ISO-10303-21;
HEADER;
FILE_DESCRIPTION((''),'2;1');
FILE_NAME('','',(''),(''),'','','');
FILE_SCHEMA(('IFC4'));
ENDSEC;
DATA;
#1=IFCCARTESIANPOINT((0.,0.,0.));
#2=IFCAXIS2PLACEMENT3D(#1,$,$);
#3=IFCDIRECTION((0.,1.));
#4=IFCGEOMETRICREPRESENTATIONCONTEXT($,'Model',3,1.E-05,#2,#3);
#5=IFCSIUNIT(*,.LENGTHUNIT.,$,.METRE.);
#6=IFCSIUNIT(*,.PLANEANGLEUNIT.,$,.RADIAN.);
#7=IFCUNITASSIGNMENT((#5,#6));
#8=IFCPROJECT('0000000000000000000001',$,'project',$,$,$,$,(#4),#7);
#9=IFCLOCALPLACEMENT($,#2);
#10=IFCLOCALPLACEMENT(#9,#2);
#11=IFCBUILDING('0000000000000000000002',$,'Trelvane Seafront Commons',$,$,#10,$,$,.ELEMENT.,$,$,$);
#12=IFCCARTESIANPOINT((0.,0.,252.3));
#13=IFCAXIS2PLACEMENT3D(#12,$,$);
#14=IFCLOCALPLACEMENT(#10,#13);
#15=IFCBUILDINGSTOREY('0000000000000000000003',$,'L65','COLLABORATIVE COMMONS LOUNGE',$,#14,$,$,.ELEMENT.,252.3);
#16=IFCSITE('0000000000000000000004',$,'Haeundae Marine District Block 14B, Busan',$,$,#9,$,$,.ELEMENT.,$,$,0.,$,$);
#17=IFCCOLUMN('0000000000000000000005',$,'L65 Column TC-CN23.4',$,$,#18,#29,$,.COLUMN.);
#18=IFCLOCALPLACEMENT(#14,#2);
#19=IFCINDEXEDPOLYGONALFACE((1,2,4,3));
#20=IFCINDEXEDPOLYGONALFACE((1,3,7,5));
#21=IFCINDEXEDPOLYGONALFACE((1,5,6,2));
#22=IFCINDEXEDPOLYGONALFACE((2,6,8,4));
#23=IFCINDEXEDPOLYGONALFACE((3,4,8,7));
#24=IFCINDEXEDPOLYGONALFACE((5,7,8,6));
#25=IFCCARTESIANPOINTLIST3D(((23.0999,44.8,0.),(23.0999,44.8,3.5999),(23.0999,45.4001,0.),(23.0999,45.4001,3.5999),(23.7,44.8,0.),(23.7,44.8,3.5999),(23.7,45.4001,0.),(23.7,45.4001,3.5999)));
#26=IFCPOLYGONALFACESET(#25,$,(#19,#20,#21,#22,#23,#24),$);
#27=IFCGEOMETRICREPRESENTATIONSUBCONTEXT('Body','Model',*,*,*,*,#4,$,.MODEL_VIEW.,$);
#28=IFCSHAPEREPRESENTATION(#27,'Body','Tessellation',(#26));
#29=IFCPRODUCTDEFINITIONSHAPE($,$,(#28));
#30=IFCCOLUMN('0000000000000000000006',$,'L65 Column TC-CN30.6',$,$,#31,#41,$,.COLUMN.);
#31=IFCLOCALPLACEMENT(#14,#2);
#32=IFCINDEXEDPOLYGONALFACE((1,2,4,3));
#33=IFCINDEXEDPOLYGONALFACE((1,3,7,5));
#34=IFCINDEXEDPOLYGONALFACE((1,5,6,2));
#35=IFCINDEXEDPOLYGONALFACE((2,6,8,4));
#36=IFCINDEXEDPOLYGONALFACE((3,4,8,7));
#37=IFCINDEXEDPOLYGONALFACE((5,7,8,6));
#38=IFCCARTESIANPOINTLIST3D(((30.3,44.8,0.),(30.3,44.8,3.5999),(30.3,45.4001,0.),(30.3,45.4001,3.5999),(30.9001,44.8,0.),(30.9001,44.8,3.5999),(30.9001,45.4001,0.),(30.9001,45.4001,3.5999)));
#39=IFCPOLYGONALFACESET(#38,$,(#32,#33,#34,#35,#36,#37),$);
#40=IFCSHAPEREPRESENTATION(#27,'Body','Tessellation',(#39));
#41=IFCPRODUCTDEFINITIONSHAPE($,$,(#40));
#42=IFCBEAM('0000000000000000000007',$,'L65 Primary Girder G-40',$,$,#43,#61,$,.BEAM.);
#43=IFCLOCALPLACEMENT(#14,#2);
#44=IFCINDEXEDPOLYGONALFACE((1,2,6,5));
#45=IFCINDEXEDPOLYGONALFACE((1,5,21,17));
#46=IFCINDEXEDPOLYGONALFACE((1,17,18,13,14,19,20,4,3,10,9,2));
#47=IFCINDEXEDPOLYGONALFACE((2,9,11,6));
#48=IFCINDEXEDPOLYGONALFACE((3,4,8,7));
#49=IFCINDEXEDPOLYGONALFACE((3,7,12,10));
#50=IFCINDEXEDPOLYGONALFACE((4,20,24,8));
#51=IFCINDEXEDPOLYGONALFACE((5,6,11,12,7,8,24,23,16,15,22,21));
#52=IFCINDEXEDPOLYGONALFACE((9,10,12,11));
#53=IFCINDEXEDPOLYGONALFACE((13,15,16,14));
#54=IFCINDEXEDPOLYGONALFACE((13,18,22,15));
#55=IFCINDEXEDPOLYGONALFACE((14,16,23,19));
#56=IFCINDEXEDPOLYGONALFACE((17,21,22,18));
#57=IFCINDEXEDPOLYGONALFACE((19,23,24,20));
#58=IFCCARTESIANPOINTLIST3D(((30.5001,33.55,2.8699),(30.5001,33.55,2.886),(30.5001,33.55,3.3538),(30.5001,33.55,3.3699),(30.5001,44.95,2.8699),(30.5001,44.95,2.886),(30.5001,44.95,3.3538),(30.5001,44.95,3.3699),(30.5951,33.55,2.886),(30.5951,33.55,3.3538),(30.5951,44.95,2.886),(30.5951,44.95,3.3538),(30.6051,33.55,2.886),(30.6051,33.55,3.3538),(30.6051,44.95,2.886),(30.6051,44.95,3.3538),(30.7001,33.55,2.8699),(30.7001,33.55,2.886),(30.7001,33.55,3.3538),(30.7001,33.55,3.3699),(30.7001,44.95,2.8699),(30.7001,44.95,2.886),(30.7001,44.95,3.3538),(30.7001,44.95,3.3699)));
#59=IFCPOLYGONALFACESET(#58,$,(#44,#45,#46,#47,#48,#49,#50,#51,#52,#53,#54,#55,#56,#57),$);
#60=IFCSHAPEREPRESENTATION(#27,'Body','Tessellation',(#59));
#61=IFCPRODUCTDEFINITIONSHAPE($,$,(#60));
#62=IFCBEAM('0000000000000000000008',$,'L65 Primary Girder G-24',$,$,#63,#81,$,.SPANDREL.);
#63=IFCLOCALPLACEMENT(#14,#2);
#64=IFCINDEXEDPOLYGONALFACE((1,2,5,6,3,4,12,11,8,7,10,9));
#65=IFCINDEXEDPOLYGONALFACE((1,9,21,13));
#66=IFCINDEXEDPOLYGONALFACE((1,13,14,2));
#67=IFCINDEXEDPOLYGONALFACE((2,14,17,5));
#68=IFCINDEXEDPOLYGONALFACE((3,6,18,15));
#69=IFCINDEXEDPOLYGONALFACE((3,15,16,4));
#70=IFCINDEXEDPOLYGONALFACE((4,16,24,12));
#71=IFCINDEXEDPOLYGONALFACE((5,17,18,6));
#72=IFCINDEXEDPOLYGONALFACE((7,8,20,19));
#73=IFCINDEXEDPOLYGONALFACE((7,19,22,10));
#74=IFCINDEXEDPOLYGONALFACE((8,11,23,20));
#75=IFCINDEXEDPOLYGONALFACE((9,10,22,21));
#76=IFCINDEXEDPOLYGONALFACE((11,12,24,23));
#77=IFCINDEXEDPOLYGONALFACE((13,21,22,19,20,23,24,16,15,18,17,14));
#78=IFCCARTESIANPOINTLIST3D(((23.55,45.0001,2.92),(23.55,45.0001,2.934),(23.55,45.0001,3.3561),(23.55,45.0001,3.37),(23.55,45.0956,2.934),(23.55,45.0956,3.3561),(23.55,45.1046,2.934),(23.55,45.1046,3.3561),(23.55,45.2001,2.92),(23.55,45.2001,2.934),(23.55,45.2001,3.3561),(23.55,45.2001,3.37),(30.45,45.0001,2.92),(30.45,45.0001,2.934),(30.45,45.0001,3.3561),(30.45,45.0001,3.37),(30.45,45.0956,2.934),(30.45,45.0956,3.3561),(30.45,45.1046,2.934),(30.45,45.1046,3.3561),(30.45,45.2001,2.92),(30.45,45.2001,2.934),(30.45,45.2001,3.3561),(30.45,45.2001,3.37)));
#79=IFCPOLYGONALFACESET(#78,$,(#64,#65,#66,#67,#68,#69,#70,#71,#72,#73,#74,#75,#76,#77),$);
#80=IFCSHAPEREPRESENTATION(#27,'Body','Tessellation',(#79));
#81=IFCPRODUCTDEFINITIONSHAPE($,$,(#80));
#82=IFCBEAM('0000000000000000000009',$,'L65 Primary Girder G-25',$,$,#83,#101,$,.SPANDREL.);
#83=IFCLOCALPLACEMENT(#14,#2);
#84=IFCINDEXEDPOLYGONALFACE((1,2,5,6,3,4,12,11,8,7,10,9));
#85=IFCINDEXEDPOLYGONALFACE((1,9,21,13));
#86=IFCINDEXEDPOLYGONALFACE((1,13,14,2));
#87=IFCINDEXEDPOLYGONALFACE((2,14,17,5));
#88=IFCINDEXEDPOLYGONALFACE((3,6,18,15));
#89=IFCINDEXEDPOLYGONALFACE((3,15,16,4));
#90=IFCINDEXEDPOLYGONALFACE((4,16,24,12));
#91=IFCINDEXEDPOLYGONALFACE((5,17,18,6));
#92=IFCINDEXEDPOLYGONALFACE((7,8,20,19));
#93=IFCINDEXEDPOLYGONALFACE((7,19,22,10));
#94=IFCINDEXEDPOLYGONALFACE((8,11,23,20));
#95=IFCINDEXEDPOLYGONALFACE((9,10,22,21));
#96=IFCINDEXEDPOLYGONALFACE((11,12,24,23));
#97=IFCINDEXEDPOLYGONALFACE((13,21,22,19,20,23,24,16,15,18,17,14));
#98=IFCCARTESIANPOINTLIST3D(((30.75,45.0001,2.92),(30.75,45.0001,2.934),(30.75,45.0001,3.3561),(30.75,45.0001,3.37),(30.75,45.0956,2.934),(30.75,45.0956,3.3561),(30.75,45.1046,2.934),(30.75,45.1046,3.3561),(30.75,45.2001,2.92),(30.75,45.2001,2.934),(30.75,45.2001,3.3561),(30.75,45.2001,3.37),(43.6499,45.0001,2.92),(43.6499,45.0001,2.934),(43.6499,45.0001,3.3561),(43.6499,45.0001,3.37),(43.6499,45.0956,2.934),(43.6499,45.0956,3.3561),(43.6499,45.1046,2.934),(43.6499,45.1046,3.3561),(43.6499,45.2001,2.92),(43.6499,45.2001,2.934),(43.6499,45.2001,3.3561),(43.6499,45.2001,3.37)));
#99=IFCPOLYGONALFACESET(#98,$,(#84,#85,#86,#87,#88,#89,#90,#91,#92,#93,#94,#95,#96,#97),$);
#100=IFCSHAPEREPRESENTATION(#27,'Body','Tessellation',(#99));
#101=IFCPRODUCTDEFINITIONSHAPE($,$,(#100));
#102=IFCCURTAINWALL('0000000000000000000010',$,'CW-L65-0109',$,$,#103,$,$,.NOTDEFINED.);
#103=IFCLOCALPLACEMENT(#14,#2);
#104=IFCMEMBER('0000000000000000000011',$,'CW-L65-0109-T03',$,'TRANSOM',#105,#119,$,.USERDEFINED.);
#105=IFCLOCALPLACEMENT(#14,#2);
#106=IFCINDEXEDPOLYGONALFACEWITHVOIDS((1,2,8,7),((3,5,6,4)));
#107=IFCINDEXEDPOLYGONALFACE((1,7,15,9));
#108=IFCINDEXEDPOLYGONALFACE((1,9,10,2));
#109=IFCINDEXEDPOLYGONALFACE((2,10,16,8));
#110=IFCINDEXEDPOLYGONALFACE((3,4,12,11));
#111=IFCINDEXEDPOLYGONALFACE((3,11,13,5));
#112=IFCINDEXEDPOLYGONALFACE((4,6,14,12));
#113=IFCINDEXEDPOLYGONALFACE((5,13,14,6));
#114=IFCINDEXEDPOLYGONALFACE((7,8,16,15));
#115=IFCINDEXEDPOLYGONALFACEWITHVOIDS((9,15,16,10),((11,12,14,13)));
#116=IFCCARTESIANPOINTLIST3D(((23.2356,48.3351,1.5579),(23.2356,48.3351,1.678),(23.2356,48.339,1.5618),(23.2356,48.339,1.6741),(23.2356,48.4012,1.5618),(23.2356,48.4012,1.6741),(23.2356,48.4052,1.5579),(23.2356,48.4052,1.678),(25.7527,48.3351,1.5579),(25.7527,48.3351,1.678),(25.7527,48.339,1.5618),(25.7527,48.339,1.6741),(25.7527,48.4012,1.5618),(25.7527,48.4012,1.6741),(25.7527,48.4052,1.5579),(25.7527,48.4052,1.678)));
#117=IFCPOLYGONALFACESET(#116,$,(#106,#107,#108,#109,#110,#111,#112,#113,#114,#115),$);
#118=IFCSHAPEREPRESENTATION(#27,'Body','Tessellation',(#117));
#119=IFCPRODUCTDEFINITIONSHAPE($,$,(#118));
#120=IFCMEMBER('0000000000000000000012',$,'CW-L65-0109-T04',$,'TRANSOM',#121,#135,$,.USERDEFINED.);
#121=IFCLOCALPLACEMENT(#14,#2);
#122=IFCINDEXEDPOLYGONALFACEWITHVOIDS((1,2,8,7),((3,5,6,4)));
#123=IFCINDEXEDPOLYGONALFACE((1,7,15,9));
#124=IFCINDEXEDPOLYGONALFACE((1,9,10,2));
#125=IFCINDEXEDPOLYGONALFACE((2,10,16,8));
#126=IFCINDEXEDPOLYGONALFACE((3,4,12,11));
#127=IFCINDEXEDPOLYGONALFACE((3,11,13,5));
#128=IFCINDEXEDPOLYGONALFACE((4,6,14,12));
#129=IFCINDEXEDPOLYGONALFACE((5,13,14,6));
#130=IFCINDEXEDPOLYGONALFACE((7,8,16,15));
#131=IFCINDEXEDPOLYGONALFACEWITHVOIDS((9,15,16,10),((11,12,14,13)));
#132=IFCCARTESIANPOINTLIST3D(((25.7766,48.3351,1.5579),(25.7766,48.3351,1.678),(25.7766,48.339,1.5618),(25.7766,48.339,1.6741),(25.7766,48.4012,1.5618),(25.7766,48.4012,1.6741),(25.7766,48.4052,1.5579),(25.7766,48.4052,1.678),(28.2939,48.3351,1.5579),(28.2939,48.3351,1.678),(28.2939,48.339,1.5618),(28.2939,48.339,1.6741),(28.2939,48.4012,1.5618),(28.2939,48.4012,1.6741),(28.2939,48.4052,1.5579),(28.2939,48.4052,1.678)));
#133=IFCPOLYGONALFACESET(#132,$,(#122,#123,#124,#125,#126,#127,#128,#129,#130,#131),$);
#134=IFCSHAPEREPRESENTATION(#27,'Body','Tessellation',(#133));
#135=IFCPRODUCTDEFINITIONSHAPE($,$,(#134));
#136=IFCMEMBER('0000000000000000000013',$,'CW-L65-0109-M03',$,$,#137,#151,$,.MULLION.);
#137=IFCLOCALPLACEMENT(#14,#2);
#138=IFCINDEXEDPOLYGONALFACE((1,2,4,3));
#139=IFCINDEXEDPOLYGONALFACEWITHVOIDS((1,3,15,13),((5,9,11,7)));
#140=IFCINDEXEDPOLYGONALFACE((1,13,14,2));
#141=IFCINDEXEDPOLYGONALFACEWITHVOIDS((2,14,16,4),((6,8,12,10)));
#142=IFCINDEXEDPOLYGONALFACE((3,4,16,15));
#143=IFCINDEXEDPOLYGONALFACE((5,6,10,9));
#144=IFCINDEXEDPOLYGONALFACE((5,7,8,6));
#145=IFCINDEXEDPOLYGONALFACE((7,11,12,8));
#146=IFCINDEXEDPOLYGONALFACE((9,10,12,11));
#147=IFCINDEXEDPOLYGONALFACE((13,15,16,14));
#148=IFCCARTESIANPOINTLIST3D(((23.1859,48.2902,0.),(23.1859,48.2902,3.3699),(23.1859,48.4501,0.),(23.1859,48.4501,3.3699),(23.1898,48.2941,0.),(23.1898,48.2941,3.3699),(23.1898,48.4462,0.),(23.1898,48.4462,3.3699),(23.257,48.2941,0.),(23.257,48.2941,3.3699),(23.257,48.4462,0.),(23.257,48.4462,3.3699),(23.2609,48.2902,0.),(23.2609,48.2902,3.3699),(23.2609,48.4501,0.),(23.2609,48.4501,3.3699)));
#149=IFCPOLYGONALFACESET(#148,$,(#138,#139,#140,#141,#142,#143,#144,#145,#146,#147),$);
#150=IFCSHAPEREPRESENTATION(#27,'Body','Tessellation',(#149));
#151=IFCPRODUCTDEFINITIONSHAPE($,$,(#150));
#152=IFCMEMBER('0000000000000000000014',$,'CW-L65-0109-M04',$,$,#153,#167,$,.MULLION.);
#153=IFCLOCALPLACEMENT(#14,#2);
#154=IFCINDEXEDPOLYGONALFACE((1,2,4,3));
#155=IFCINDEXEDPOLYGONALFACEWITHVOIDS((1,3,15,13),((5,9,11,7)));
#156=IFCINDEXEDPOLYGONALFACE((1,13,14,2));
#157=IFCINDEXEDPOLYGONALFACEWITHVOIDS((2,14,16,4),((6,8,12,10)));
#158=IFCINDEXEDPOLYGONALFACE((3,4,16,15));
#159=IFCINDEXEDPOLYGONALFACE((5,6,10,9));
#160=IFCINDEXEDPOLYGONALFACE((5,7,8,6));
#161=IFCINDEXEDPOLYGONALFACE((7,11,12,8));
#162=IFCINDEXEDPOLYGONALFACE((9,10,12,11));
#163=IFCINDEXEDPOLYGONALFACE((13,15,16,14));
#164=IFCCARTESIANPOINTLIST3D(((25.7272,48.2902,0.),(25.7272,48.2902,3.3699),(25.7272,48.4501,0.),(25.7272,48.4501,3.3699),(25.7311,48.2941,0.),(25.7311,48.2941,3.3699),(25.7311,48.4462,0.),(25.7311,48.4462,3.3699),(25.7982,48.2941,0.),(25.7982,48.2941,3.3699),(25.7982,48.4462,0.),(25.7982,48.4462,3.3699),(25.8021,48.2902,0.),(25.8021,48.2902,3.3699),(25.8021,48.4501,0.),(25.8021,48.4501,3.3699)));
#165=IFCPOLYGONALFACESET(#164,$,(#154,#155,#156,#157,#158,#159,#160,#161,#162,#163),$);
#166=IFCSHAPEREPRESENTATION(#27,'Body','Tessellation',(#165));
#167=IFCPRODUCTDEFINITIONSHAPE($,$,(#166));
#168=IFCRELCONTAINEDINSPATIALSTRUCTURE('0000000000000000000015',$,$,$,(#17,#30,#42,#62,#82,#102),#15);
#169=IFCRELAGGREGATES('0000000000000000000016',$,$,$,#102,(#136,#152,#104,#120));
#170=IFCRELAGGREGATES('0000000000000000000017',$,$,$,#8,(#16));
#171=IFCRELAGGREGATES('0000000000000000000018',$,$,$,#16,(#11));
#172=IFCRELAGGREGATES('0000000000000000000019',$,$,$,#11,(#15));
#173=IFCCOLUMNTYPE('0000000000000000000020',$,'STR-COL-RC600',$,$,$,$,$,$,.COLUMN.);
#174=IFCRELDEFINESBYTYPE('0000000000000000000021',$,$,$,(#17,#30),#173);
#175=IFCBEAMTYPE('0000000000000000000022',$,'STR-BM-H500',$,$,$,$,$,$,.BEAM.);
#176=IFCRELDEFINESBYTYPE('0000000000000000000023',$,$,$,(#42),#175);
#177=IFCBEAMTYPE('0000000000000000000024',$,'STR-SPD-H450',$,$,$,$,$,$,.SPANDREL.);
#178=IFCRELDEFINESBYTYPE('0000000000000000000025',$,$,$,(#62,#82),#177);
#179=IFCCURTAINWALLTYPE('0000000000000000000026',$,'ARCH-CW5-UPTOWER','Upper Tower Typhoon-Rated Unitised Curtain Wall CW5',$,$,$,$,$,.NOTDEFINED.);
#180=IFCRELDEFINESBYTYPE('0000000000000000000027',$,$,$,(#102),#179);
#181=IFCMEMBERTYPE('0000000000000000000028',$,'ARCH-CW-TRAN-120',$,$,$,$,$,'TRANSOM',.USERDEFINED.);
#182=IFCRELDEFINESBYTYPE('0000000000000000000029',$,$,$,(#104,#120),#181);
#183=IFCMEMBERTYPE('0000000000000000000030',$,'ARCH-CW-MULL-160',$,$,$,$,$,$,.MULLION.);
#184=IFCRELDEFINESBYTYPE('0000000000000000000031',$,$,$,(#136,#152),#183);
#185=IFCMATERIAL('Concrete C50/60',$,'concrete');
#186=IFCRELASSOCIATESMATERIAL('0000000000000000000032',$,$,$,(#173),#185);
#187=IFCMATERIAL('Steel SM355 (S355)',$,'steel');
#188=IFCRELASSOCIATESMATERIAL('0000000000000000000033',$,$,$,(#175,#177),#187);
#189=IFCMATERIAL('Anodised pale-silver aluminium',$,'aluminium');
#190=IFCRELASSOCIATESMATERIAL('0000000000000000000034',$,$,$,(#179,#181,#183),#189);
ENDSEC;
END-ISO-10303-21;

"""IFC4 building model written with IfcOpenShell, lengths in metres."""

from ifc_helpers import new_model, si_unit, direction, frame, origin, origin_2d, place, context, subcontext, project, spatial, rectangle, hollow_rectangle, i_section, extrude, source, transform, mapped, material, material_profile, profile_set, type_object, element, aggregate, save


model = new_model("IFC4")

# Units and contexts
model_context = context("Model", 3, precision=1e-05, world=origin(), true_north=direction((0.0, 1.0)))
body_context = subcontext(model_context, "Body", "Model", "MODEL_VIEW")
ifc_project = project(units=[si_unit("LENGTHUNIT", "METRE"), si_unit("PLANEANGLEUNIT", "RADIAN")], contexts=[model_context])

# Site, building, storey
site_placement = place(None, origin())
site = spatial("IfcSite", under=ifc_project, at=site_placement, Name="Haeundae Marine District Block 14B, Busan", CompositionType="ELEMENT", RefElevation=0.0)
building_placement = place(site_placement, origin())
building = spatial("IfcBuilding", under=site, at=building_placement, Name="Trelvane Seafront Commons", CompositionType="ELEMENT")
storey_placement = place(building_placement, frame((0.0, 0.0, 252.3)))
storey = spatial("IfcBuildingStorey", under=building, at=storey_placement, Name="L65", Description="COLLABORATIVE COMMONS LOUNGE", CompositionType="ELEMENT", Elevation=252.3)

# Columns
ifc_material_1 = material(Name="Concrete C50/60", Category="concrete")
ifc_material_profile_1 = material_profile(ifc_material_1, rectangle(XDim=0.6001, YDim=0.6001, at=origin_2d()), Name="RC-600x600")
ifc_profile_set_1 = profile_set([ifc_material_profile_1], Name="Concrete C50/60")
column_type = type_object("IfcColumnType", Name="STR-COL-RC600", PredefinedType="COLUMN", material=ifc_profile_set_1)
shared_shape_1 = source(origin(), body_context, "Body", "SweptSolid", [
    extrude(rectangle(XDim=0.6001, YDim=0.6001, at=origin_2d()), origin(), (0.0, 0.0, 1.0), 3.5999),
])
for number, where, z_axis, x_axis, name in (
    (1, (23.3999, 45.1001, 0.0), (0.0, 0.0, 1.0), (1.0, 0.0, 0.0), "L65 Column TC-CN23.4"),
    (2, (30.6001, 45.1001, 0.0), (0.0, 0.0, 1.0), (1.0, 0.0, 0.0), "L65 Column TC-CN30.6"),
):
    element("IfcColumn", number, at=place(storey_placement, frame(where, z_axis=z_axis, x_axis=x_axis)), inside=storey, type_object=column_type, Name=name, PredefinedType="COLUMN", context=body_context, shape_type="MappedRepresentation", body=[
        mapped(shared_shape_1, transform((0.0, 0.0, 0.0), x_axis=(1.0, 0.0, 0.0), y_axis=(0.0, 1.0, 0.0), z_axis=(0.0, 0.0, 1.0), scale=1.0)),
    ])

# Beams
ifc_material_2 = material(Name="Steel SM355 (S355)", Category="steel")
ifc_material_profile_2 = material_profile(ifc_material_2, i_section(OverallWidth=0.2, OverallDepth=0.5, WebThickness=0.01, FlangeThickness=0.0161, at=origin_2d()), Name="H-500x200x10x16")
ifc_profile_set_2 = profile_set([ifc_material_profile_2], Name="Steel SM355 (S355)")
beam_type_1 = type_object("IfcBeamType", Name="STR-BM-H500", PredefinedType="BEAM", material=ifc_profile_set_2)
shared_shape_2 = source(origin(), body_context, "Body", "SweptSolid", [
    extrude(i_section(OverallWidth=0.2, OverallDepth=0.5, WebThickness=0.01, FlangeThickness=0.0161, at=origin_2d()), origin(), (0.0, 0.0, 1.0), 11.3999),
])
beam_1_placement = place(storey_placement, frame((30.6001, 33.55, 3.1199), z_axis=(0.0, 1.0, 0.0), x_axis=(-1.0, 0.0, 0.0)))
element("IfcBeam", 3, at=beam_1_placement, inside=storey, type_object=beam_type_1, Name="L65 Primary Girder G-40", PredefinedType="BEAM", context=body_context, shape_type="MappedRepresentation", body=[
    mapped(shared_shape_2, transform((0.0, 0.0, 0.0), x_axis=(1.0, 0.0, 0.0), y_axis=(0.0, 1.0, 0.0), z_axis=(0.0, 0.0, 1.0), scale=1.0)),
])
ifc_material_profile_3 = material_profile(ifc_material_2, i_section(OverallWidth=0.2, OverallDepth=0.45, WebThickness=0.009, FlangeThickness=0.0139, at=origin_2d()), Name="H-450x200x9x14")
ifc_profile_set_3 = profile_set([ifc_material_profile_3], Name="Steel SM355 (S355)")
beam_type_2 = type_object("IfcBeamType", Name="STR-SPD-H450", PredefinedType="SPANDREL", material=ifc_profile_set_3)
shared_shape_3 = source(origin(), body_context, "Body", "SweptSolid", [
    extrude(i_section(OverallWidth=0.2, OverallDepth=0.45, WebThickness=0.009, FlangeThickness=0.0139, at=origin_2d()), origin(), (0.0, 0.0, 1.0), 6.8999),
])
beam_2_placement = place(storey_placement, frame((23.55, 45.1001, 3.145), z_axis=(1.0, 0.0, 0.0), x_axis=(0.0, 1.0, 0.0)))
element("IfcBeam", 4, at=beam_2_placement, inside=storey, type_object=beam_type_2, Name="L65 Primary Girder G-24", PredefinedType="SPANDREL", context=body_context, shape_type="MappedRepresentation", body=[
    mapped(shared_shape_3, transform((0.0, 0.0, 0.0), x_axis=(1.0, 0.0, 0.0), y_axis=(0.0, 1.0, 0.0), z_axis=(0.0, 0.0, 1.0), scale=1.0)),
])
shared_shape_4 = source(origin(), body_context, "Body", "SweptSolid", [
    extrude(i_section(OverallWidth=0.2, OverallDepth=0.45, WebThickness=0.009, FlangeThickness=0.0139, at=origin_2d()), origin(), (0.0, 0.0, 1.0), 12.8999),
])
beam_3_placement = place(storey_placement, frame((30.75, 45.1001, 3.145), z_axis=(1.0, 0.0, 0.0), x_axis=(0.0, 1.0, 0.0)))
element("IfcBeam", 5, at=beam_3_placement, inside=storey, type_object=beam_type_2, Name="L65 Primary Girder G-25", PredefinedType="SPANDREL", context=body_context, shape_type="MappedRepresentation", body=[
    mapped(shared_shape_4, transform((0.0, 0.0, 0.0), x_axis=(1.0, 0.0, 0.0), y_axis=(0.0, 1.0, 0.0), z_axis=(0.0, 0.0, 1.0), scale=1.0)),
])

# Curtain wall, members
ifc_material_3 = material(Name="Anodised pale-silver aluminium", Category="aluminium")
curtain_wall_type = type_object("IfcCurtainWallType", Name="ARCH-CW5-UPTOWER", Description="Upper Tower Typhoon-Rated Unitised Curtain Wall CW5", PredefinedType="NOTDEFINED", material=ifc_material_3)
curtain_wall_placement = place(storey_placement, origin())
curtain_wall = element("IfcCurtainWall", 6, at=curtain_wall_placement, inside=storey, type_object=curtain_wall_type, Name="CW-L65-0109", PredefinedType="NOTDEFINED")
ifc_material_profile_4 = material_profile(ifc_material_3, hollow_rectangle(XDim=0.0701, YDim=0.1201, WallThickness=0.0039, at=origin_2d()), Name="TRAN-70x120x4")
ifc_profile_set_4 = profile_set([ifc_material_profile_4], Name="Anodised pale-silver aluminium")
member_type_1 = type_object("IfcMemberType", Name="ARCH-CW-TRAN-120", ElementType="TRANSOM", PredefinedType="USERDEFINED", material=ifc_profile_set_4)
shared_shape_5 = source(origin(), body_context, "Body", "SweptSolid", [
    extrude(hollow_rectangle(XDim=0.0701, YDim=0.1201, WallThickness=0.0039, at=origin_2d()), origin(), (0.0, 0.0, 1.0), 2.5171),
])
member_1_placement = place(storey_placement, frame((23.2356, 48.3701, 1.6179), z_axis=(1.0, 0.0, 0.0), x_axis=(0.0, 1.0, 0.0)))
member_1 = element("IfcMember", 7, at=member_1_placement, type_object=member_type_1, Name="CW-L65-0109-T03", ObjectType="TRANSOM", PredefinedType="USERDEFINED", context=body_context, shape_type="MappedRepresentation", body=[
    mapped(shared_shape_5, transform((0.0, 0.0, 0.0), x_axis=(1.0, 0.0, 0.0), y_axis=(0.0, 1.0, 0.0), z_axis=(0.0, 0.0, 1.0), scale=1.0)),
])
shared_shape_6 = source(origin(), body_context, "Body", "SweptSolid", [
    extrude(hollow_rectangle(XDim=0.0701, YDim=0.1201, WallThickness=0.0039, at=origin_2d()), origin(), (0.0, 0.0, 1.0), 2.5173),
])
member_2_placement = place(storey_placement, frame((25.7766, 48.3701, 1.6179), z_axis=(1.0, 0.0, 0.0), x_axis=(0.0, 1.0, 0.0)))
member_2 = element("IfcMember", 8, at=member_2_placement, type_object=member_type_1, Name="CW-L65-0109-T04", ObjectType="TRANSOM", PredefinedType="USERDEFINED", context=body_context, shape_type="MappedRepresentation", body=[
    mapped(shared_shape_6, transform((0.0, 0.0, 0.0), x_axis=(1.0, 0.0, 0.0), y_axis=(0.0, 1.0, 0.0), z_axis=(0.0, 0.0, 1.0), scale=1.0)),
])
ifc_material_profile_5 = material_profile(ifc_material_3, hollow_rectangle(XDim=0.075, YDim=0.1599, WallThickness=0.0039, at=origin_2d()), Name="MULL-75x160x4")
ifc_profile_set_5 = profile_set([ifc_material_profile_5], Name="Anodised pale-silver aluminium")
member_type_2 = type_object("IfcMemberType", Name="ARCH-CW-MULL-160", PredefinedType="MULLION", material=ifc_profile_set_5)
shared_shape_7 = source(origin(), body_context, "Body", "SweptSolid", [
    extrude(hollow_rectangle(XDim=0.075, YDim=0.1599, WallThickness=0.0039, at=origin_2d()), origin(), (0.0, 0.0, 1.0), 3.3699),
])
member_3_placement = place(storey_placement, frame((23.2234, 48.3701, 0.0), z_axis=(0.0, 0.0, 1.0), x_axis=(1.0, 0.0, 0.0)))
member_3 = element("IfcMember", 9, at=member_3_placement, type_object=member_type_2, Name="CW-L65-0109-M03", PredefinedType="MULLION", context=body_context, shape_type="MappedRepresentation", body=[
    mapped(shared_shape_7, transform((0.0, 0.0, 0.0), x_axis=(1.0, 0.0, 0.0), y_axis=(0.0, 1.0, 0.0), z_axis=(0.0, 0.0, 1.0), scale=1.0)),
])
member_4_placement = place(storey_placement, frame((25.7646, 48.3701, 0.0), z_axis=(0.0, 0.0, 1.0), x_axis=(1.0, 0.0, 0.0)))
member_4 = element("IfcMember", 10, at=member_4_placement, type_object=member_type_2, Name="CW-L65-0109-M04", PredefinedType="MULLION", context=body_context, shape_type="MappedRepresentation", body=[
    mapped(shared_shape_7, transform((0.0, 0.0, 0.0), x_axis=(1.0, 0.0, 0.0), y_axis=(0.0, 1.0, 0.0), z_axis=(0.0, 0.0, 1.0), scale=1.0)),
])
aggregate(curtain_wall, [member_3, member_4, member_1, member_2])

save(model, "model.ifc")
